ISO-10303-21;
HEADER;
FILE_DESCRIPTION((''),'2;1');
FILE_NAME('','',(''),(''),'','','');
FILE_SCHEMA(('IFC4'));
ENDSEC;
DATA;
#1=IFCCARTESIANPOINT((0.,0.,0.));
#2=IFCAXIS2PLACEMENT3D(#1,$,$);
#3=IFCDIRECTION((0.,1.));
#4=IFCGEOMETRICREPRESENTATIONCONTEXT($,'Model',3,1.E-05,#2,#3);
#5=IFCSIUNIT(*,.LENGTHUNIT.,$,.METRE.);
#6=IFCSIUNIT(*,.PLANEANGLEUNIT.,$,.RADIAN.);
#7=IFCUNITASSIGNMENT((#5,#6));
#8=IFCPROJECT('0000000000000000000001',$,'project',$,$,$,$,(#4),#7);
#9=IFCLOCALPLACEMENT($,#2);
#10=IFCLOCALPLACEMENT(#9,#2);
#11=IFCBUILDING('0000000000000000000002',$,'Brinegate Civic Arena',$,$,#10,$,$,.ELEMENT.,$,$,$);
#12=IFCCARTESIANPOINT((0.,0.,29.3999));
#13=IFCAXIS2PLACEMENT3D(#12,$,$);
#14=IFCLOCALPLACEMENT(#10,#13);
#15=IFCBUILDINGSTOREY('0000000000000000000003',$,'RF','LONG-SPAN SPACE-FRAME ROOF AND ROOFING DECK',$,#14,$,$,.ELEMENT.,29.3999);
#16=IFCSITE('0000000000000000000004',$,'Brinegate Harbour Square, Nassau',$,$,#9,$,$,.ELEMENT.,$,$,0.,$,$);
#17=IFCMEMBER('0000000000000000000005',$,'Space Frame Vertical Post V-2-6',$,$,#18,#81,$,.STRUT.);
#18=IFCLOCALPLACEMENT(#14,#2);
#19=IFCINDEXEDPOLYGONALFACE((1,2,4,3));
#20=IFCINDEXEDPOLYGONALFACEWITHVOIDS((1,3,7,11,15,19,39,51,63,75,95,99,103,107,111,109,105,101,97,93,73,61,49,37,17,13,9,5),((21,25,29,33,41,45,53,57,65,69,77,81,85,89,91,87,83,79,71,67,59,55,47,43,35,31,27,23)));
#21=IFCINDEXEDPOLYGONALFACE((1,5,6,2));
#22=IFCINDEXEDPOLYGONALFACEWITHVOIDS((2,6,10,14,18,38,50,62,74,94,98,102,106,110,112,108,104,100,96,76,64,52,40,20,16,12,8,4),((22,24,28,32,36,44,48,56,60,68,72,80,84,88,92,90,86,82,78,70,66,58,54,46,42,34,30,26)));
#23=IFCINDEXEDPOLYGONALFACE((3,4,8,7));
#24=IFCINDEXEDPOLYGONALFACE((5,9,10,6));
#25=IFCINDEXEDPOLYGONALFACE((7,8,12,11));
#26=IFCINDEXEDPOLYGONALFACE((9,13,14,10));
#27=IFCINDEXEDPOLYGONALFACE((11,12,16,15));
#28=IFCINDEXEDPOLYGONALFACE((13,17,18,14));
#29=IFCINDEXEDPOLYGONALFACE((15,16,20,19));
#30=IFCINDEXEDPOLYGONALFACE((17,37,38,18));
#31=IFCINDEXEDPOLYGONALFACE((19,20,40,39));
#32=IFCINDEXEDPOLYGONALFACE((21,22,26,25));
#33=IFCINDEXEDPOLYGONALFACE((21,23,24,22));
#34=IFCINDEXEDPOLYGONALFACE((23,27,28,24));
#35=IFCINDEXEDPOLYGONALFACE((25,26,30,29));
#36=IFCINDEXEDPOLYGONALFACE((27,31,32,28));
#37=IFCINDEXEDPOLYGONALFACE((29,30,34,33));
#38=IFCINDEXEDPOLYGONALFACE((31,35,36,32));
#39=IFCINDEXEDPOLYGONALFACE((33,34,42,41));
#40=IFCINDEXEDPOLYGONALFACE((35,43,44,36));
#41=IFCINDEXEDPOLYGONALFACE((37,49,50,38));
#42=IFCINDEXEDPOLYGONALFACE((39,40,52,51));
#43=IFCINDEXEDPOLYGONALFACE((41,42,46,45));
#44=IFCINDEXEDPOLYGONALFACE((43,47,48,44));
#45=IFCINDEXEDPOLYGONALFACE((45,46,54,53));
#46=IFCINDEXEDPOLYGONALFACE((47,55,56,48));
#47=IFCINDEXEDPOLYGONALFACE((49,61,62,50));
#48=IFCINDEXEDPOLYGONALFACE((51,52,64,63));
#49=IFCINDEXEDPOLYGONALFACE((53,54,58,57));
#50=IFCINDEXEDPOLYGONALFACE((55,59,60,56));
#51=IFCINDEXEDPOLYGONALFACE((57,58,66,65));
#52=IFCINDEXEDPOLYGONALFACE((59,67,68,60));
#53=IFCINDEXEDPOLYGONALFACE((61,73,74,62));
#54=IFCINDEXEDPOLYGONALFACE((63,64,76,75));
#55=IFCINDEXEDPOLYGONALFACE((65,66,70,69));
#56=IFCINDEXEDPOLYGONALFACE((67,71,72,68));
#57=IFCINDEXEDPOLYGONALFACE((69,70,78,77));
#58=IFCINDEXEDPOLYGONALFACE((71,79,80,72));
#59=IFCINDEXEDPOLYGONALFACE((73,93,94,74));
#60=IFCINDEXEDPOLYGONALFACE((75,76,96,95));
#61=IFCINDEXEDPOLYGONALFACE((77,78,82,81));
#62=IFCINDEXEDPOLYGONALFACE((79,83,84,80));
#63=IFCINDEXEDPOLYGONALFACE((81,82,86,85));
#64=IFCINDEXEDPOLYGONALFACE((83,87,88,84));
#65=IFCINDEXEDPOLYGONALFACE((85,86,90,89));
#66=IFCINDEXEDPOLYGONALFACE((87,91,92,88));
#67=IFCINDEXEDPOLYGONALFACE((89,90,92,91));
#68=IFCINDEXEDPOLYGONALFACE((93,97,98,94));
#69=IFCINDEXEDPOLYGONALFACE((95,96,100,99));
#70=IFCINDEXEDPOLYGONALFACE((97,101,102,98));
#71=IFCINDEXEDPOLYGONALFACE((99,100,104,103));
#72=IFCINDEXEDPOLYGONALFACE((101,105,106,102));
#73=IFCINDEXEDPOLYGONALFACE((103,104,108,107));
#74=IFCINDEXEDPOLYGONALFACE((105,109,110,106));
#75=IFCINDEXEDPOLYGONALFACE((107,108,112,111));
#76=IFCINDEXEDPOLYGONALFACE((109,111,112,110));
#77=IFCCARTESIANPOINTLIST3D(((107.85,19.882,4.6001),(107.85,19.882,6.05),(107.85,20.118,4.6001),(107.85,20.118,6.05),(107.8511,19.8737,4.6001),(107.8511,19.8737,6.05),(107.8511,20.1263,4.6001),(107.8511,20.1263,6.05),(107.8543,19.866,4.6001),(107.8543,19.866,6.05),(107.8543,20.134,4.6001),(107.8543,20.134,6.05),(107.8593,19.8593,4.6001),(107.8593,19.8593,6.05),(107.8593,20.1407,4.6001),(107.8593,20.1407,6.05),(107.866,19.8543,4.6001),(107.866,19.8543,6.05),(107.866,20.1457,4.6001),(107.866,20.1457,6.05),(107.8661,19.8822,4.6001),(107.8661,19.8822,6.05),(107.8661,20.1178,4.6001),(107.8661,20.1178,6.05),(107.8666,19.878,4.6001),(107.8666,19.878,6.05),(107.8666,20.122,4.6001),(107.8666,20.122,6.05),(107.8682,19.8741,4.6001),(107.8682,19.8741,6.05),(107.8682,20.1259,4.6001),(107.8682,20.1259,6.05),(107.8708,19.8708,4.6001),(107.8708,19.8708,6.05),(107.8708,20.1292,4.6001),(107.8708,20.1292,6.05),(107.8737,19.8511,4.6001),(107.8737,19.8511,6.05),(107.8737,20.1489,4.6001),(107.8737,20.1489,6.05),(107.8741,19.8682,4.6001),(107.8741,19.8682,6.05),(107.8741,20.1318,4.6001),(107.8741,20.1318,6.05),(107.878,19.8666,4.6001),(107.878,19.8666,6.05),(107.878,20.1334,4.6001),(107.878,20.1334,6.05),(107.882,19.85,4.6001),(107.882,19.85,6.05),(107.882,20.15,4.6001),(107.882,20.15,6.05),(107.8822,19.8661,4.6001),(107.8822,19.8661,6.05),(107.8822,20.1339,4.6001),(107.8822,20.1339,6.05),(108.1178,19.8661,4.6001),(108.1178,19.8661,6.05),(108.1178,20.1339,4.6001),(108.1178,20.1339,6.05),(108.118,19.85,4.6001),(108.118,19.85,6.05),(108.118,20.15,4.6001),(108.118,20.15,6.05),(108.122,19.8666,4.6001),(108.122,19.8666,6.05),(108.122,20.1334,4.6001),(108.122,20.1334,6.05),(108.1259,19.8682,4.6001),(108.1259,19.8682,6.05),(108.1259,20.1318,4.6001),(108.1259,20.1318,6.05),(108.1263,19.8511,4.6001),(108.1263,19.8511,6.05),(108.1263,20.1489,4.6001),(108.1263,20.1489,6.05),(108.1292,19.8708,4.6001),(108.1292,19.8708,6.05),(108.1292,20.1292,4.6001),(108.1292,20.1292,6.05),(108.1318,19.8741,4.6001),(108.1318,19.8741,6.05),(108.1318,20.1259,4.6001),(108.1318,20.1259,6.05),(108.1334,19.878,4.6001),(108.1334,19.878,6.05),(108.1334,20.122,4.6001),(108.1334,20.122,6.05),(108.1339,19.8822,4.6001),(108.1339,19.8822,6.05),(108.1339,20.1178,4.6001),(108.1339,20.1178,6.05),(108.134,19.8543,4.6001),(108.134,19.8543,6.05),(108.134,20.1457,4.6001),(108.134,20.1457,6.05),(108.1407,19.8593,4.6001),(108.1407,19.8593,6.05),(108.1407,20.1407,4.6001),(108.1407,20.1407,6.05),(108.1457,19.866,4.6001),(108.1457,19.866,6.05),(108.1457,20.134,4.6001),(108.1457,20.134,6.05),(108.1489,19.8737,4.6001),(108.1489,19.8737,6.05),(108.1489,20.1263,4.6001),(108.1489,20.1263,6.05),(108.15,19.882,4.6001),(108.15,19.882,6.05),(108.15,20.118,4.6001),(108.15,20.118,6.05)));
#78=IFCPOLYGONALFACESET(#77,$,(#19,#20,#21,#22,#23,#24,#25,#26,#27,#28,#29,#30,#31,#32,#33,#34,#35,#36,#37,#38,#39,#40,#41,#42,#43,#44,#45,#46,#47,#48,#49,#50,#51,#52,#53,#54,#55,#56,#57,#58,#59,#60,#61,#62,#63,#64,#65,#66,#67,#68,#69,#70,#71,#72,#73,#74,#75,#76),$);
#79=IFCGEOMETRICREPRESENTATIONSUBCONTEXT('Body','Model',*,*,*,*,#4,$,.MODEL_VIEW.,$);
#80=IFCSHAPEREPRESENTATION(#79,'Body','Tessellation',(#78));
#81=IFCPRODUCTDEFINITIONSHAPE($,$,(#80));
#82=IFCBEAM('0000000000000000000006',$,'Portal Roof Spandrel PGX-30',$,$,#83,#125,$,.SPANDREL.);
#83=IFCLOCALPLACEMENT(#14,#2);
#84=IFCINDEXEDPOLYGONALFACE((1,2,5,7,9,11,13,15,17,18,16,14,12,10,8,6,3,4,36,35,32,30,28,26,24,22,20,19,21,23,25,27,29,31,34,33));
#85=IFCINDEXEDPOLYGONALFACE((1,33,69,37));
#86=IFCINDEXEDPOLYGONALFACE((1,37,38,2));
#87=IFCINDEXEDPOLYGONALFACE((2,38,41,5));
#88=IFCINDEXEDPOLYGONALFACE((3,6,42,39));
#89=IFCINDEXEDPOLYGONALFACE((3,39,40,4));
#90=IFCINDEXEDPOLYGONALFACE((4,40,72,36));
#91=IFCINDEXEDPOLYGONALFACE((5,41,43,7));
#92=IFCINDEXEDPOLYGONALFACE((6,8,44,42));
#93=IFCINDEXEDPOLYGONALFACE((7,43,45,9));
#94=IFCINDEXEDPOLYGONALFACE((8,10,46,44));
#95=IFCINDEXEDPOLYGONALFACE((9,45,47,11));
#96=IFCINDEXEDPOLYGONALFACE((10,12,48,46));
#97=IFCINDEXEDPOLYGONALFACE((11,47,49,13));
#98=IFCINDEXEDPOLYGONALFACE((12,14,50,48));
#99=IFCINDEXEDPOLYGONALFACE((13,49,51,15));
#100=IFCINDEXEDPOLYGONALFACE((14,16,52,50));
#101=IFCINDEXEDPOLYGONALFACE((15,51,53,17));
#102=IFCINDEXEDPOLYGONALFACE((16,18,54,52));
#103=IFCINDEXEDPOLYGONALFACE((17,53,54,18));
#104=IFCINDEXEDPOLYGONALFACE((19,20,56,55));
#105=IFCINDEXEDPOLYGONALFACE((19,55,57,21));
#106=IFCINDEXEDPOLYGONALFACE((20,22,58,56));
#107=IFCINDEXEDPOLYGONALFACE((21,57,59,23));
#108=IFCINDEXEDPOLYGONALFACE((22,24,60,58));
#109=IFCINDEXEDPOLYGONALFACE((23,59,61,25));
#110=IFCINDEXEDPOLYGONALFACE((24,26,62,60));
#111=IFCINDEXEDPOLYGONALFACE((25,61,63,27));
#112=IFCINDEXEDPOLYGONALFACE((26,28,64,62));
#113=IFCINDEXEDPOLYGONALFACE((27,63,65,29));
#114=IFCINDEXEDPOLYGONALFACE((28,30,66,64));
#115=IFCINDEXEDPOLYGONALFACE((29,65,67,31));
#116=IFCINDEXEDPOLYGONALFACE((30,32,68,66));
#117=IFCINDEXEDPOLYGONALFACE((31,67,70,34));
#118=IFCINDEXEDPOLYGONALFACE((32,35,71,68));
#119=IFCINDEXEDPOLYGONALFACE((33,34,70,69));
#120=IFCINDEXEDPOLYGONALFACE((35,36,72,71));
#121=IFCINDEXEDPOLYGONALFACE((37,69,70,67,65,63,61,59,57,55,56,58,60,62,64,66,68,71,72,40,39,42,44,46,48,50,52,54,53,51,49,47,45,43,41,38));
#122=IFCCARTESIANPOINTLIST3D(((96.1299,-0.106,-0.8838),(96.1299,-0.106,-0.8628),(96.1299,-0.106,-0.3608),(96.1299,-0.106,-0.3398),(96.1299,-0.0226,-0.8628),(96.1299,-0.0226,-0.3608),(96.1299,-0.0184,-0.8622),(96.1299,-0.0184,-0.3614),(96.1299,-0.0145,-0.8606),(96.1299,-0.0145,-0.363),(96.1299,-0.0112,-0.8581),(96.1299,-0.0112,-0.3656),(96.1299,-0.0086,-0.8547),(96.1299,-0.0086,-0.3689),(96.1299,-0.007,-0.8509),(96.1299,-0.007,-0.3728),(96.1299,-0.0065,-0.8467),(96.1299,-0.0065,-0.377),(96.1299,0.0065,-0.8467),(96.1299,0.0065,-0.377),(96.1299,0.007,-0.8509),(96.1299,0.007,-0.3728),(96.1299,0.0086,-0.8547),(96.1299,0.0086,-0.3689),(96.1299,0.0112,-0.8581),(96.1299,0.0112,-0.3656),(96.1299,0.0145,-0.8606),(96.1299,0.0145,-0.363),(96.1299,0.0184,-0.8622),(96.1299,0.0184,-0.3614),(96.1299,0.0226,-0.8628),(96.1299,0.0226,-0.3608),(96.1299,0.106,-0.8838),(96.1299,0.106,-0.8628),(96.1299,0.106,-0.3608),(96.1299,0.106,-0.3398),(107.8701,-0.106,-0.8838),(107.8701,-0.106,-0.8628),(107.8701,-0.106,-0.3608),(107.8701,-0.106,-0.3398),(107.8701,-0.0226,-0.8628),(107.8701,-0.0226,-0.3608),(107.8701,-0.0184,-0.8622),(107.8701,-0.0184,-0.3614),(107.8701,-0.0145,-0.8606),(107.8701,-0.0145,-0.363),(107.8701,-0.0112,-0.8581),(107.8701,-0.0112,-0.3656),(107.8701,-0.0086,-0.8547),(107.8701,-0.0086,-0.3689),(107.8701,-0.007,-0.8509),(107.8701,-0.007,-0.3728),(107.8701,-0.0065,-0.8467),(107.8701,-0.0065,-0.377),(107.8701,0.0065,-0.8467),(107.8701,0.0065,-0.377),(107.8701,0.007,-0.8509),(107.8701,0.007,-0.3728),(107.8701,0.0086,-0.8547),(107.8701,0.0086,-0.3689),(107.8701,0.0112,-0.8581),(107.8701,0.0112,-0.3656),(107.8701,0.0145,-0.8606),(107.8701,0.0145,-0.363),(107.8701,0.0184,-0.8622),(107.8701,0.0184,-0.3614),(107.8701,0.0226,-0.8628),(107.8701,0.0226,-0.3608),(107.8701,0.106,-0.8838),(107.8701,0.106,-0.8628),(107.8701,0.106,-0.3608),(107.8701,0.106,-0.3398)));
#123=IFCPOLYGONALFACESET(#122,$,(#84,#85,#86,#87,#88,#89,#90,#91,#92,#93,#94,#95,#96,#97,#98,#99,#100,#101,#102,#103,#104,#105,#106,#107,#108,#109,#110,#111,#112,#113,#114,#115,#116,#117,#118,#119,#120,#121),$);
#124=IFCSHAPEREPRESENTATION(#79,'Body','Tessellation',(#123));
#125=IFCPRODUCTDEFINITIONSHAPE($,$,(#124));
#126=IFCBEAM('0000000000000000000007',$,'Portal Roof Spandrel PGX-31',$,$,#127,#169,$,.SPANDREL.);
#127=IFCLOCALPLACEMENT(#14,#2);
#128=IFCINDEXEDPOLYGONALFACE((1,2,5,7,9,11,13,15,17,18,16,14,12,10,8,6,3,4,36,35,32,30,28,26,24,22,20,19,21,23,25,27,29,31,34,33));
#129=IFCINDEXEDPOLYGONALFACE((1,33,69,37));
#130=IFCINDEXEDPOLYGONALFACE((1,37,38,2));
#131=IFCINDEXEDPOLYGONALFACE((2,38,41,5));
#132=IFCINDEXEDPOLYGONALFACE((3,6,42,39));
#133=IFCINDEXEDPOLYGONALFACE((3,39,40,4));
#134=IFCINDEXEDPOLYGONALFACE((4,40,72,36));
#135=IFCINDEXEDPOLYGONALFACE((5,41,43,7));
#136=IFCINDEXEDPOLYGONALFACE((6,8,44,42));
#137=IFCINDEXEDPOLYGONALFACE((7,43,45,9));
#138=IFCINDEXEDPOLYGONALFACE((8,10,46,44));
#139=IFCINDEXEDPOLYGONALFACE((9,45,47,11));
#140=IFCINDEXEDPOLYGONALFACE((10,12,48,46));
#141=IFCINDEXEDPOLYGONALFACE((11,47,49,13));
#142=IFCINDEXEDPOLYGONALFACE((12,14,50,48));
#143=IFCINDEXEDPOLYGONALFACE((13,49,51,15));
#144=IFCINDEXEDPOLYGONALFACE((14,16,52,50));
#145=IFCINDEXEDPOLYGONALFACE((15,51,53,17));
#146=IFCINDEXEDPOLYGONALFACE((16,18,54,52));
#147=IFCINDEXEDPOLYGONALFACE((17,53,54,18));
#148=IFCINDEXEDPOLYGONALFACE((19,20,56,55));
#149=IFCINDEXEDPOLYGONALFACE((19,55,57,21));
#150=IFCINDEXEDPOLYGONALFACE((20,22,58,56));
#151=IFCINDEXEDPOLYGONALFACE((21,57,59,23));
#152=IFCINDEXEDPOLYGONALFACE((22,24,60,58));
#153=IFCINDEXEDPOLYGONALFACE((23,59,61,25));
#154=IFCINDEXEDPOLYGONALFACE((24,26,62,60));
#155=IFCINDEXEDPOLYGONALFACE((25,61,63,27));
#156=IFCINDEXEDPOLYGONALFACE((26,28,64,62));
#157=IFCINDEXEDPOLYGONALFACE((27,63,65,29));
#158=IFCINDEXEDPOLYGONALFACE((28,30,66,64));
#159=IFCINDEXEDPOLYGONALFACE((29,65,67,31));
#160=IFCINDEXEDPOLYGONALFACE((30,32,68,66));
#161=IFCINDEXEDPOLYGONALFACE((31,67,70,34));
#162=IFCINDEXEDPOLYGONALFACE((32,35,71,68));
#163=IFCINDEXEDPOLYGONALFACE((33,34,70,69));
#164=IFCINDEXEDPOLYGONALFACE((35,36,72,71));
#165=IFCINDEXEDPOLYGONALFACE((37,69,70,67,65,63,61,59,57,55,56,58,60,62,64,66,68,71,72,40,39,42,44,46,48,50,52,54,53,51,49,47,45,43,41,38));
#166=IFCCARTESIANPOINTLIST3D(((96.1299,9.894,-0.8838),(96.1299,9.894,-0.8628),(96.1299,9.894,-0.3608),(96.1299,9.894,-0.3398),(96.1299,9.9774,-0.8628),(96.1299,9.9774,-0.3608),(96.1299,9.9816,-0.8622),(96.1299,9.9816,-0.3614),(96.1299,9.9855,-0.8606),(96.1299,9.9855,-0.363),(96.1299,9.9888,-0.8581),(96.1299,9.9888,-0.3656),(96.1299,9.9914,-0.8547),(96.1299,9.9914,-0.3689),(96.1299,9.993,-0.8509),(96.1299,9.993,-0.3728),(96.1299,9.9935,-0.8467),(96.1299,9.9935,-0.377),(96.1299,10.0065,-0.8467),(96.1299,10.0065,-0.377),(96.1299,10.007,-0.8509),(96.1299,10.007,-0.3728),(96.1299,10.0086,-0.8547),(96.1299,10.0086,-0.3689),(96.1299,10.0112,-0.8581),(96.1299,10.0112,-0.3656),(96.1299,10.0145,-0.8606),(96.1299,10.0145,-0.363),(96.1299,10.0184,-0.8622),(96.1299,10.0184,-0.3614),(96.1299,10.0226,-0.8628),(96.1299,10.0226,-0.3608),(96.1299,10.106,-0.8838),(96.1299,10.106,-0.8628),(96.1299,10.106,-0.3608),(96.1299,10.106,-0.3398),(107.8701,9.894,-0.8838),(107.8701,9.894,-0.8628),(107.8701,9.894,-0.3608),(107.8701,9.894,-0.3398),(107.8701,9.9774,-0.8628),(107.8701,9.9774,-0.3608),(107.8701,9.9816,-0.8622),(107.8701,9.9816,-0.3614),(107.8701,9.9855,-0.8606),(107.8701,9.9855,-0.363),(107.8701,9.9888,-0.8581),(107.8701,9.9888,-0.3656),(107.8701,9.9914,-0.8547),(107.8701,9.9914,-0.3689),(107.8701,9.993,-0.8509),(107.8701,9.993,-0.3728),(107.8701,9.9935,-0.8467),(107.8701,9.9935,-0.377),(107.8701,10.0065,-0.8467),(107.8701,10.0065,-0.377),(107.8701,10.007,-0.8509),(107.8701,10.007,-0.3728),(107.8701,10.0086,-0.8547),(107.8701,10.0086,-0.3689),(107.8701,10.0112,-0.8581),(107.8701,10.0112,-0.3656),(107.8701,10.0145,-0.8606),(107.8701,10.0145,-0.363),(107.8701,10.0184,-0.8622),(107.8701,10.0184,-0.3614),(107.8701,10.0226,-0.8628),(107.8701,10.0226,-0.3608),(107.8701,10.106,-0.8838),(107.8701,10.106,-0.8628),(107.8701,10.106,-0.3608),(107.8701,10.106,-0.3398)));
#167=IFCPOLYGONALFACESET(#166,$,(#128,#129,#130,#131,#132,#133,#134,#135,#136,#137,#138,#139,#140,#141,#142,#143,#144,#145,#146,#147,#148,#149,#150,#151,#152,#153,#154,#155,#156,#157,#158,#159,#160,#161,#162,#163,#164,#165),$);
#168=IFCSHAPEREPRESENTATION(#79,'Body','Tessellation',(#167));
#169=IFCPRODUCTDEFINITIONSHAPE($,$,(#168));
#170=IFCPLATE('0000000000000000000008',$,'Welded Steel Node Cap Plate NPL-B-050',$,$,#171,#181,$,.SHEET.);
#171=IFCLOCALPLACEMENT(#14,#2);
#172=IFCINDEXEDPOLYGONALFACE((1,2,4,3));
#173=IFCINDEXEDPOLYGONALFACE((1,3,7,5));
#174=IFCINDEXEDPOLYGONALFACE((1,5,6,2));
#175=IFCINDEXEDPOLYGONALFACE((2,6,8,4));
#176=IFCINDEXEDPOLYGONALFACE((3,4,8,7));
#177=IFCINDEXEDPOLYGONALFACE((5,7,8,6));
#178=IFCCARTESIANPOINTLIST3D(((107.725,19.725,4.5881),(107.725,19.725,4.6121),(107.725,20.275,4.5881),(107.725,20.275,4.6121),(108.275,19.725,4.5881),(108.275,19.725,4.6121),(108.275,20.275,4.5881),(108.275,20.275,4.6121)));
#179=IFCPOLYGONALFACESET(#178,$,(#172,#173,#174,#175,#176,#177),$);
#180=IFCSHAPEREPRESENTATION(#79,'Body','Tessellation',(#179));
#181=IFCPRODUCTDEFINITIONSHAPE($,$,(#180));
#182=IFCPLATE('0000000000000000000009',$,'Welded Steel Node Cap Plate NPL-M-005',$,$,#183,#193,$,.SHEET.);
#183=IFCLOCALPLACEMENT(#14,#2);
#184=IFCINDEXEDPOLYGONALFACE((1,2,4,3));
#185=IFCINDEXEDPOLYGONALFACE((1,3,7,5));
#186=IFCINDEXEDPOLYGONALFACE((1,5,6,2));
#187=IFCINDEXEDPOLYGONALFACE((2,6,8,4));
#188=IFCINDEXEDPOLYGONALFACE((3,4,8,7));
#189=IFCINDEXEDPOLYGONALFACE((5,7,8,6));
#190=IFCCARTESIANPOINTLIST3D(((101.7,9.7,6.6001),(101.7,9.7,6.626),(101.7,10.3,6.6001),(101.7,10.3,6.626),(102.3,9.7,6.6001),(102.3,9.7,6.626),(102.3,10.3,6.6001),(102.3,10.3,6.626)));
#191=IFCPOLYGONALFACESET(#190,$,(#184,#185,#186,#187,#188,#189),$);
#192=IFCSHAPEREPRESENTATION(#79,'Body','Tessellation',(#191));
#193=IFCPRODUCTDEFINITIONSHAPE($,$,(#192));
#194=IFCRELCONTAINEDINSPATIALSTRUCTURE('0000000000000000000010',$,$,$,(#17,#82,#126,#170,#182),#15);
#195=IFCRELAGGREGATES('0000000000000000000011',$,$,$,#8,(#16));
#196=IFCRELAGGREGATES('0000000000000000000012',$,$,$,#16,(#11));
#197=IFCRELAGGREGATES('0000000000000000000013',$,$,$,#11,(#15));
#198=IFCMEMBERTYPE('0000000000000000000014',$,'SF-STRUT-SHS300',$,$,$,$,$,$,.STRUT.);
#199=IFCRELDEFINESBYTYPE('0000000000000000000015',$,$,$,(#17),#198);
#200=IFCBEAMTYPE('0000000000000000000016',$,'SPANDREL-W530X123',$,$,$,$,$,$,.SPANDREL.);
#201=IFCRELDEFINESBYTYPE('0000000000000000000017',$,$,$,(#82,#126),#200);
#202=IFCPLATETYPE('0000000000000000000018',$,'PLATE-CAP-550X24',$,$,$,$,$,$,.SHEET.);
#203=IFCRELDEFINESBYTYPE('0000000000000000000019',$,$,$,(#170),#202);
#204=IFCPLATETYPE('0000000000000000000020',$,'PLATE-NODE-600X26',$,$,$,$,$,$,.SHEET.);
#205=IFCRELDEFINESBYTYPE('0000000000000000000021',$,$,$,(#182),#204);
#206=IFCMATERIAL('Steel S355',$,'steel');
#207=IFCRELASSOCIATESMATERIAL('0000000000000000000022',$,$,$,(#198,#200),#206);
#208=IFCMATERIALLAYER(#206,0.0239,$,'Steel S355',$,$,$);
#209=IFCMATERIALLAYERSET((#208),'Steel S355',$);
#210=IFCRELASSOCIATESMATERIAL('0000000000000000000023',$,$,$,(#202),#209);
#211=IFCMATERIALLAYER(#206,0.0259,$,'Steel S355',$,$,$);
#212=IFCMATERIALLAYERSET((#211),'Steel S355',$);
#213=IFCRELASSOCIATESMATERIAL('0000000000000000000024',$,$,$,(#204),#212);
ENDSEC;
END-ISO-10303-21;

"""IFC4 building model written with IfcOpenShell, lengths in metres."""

from ifc_helpers import new_model, si_unit, direction, frame, origin, origin_2d, place, context, subcontext, project, spatial, rectangle, hollow_rectangle, i_section, extrude, material, layer, layer_set, material_profile, profile_set, type_object, element, save


model = new_model("IFC4")

# Units and contexts
model_context = context("Model", 3, precision=1e-05, world=origin(), true_north=direction((0.0, 1.0)))
body_context = subcontext(model_context, "Body", "Model", "MODEL_VIEW")
ifc_project = project(units=[si_unit("LENGTHUNIT", "METRE"), si_unit("PLANEANGLEUNIT", "RADIAN")], contexts=[model_context])

# Site, building, storey
site_placement = place(None, origin())
site = spatial("IfcSite", under=ifc_project, at=site_placement, Name="Brinegate Harbour Square, Nassau", CompositionType="ELEMENT", RefElevation=0.0)
building_placement = place(site_placement, origin())
building = spatial("IfcBuilding", under=site, at=building_placement, Name="Brinegate Civic Arena", CompositionType="ELEMENT")
storey_placement = place(building_placement, frame((0.0, 0.0, 29.3999)))
storey = spatial("IfcBuildingStorey", under=building, at=storey_placement, Name="RF", Description="LONG-SPAN SPACE-FRAME ROOF AND ROOFING DECK", CompositionType="ELEMENT", Elevation=29.3999)

# Shared definitions
ifc_material_1 = material(Name="Steel S355", Category="steel")

# Member
ifc_material_profile_1 = material_profile(ifc_material_1, hollow_rectangle(XDim=0.3, YDim=0.3, WallThickness=0.0161, InnerFilletRadius=0.0161, OuterFilletRadius=0.032, at=origin_2d()), Name="SHS300X16")
ifc_profile_set_1 = profile_set([ifc_material_profile_1], Name="Steel S355")
member_type_1 = type_object("IfcMemberType", Name="SF-STRUT-SHS300", PredefinedType="STRUT", material=ifc_profile_set_1)
for number, where, z_axis, x_axis, name in (
    (1, (108.0, 20.0, 4.6001), (0.0, 0.0, 1.0), (1.0, 0.0, 0.0), "Space Frame Vertical Post V-2-6"),
):
    element("IfcMember", number, at=place(storey_placement, frame(where, z_axis=z_axis, x_axis=x_axis)), inside=storey, type_object=member_type_1, Name=name, PredefinedType="STRUT", context=body_context, shape_type="SweptSolid", body=[
        extrude(hollow_rectangle(XDim=0.3, YDim=0.3, WallThickness=0.0161, InnerFilletRadius=0.0161, OuterFilletRadius=0.032, at=origin_2d()), origin(), (0.0, 0.0, 1.0), 1.45),
    ])

# Beams
ifc_material_profile_2 = material_profile(ifc_material_1, i_section(OverallWidth=0.2119, OverallDepth=0.5439, WebThickness=0.0129, FlangeThickness=0.021, FilletRadius=0.0161, at=origin_2d()), Name="W530X123")
ifc_profile_set_2 = profile_set([ifc_material_profile_2], Name="Steel S355")
beam_type_1 = type_object("IfcBeamType", Name="SPANDREL-W530X123", PredefinedType="SPANDREL", material=ifc_profile_set_2)
for number, where, z_axis, x_axis, name in (
    (2, (96.1299, 0.0, -0.6118), (1.0, 0.0, 0.0), (0.0, 1.0, 0.0), "Portal Roof Spandrel PGX-30"),
    (3, (96.1299, 10.0, -0.6118), (1.0, 0.0, 0.0), (0.0, 1.0, 0.0), "Portal Roof Spandrel PGX-31"),
):
    element("IfcBeam", number, at=place(storey_placement, frame(where, z_axis=z_axis, x_axis=x_axis)), inside=storey, type_object=beam_type_1, Name=name, PredefinedType="SPANDREL", context=body_context, shape_type="SweptSolid", body=[
        extrude(i_section(OverallWidth=0.2119, OverallDepth=0.5439, WebThickness=0.0129, FlangeThickness=0.021, FilletRadius=0.0161, at=origin_2d()), origin(), (0.0, 0.0, 1.0), 11.7402),
    ])

# Plates
ifc_layer_1 = layer(ifc_material_1, 0.0239, Name="Steel S355")
ifc_layer_set_1 = layer_set([ifc_layer_1], Name="Steel S355")
plate_type_1 = type_object("IfcPlateType", Name="PLATE-CAP-550X24", PredefinedType="SHEET", material=ifc_layer_set_1)
plate_1_placement = place(storey_placement, frame((108.0, 20.0, 4.5881), z_axis=(0.0, 0.0, 1.0), x_axis=(1.0, 0.0, 0.0)))
element("IfcPlate", 4, at=plate_1_placement, inside=storey, type_object=plate_type_1, Name="Welded Steel Node Cap Plate NPL-B-050", PredefinedType="SHEET", context=body_context, shape_type="SweptSolid", body=[
    extrude(rectangle(XDim=0.55, YDim=0.55, at=origin_2d()), origin(), (0.0, 0.0, 1.0), 0.0239),
])
ifc_layer_2 = layer(ifc_material_1, 0.0259, Name="Steel S355")
ifc_layer_set_2 = layer_set([ifc_layer_2], Name="Steel S355")
plate_type_2 = type_object("IfcPlateType", Name="PLATE-NODE-600X26", PredefinedType="SHEET", material=ifc_layer_set_2)
for number, where, z_axis, x_axis, name in (
    (5, (102.0, 10.0, 6.6001), (0.0, 0.0, 1.0), (1.0, 0.0, 0.0), "Welded Steel Node Cap Plate NPL-M-005"),
):
    element("IfcPlate", number, at=place(storey_placement, frame(where, z_axis=z_axis, x_axis=x_axis)), inside=storey, type_object=plate_type_2, Name=name, PredefinedType="SHEET", context=body_context, shape_type="SweptSolid", body=[
        extrude(rectangle(XDim=0.6001, YDim=0.6001, at=origin_2d()), origin(), (0.0, 0.0, 1.0), 0.0259),
    ])

save(model, "model.ifc")
